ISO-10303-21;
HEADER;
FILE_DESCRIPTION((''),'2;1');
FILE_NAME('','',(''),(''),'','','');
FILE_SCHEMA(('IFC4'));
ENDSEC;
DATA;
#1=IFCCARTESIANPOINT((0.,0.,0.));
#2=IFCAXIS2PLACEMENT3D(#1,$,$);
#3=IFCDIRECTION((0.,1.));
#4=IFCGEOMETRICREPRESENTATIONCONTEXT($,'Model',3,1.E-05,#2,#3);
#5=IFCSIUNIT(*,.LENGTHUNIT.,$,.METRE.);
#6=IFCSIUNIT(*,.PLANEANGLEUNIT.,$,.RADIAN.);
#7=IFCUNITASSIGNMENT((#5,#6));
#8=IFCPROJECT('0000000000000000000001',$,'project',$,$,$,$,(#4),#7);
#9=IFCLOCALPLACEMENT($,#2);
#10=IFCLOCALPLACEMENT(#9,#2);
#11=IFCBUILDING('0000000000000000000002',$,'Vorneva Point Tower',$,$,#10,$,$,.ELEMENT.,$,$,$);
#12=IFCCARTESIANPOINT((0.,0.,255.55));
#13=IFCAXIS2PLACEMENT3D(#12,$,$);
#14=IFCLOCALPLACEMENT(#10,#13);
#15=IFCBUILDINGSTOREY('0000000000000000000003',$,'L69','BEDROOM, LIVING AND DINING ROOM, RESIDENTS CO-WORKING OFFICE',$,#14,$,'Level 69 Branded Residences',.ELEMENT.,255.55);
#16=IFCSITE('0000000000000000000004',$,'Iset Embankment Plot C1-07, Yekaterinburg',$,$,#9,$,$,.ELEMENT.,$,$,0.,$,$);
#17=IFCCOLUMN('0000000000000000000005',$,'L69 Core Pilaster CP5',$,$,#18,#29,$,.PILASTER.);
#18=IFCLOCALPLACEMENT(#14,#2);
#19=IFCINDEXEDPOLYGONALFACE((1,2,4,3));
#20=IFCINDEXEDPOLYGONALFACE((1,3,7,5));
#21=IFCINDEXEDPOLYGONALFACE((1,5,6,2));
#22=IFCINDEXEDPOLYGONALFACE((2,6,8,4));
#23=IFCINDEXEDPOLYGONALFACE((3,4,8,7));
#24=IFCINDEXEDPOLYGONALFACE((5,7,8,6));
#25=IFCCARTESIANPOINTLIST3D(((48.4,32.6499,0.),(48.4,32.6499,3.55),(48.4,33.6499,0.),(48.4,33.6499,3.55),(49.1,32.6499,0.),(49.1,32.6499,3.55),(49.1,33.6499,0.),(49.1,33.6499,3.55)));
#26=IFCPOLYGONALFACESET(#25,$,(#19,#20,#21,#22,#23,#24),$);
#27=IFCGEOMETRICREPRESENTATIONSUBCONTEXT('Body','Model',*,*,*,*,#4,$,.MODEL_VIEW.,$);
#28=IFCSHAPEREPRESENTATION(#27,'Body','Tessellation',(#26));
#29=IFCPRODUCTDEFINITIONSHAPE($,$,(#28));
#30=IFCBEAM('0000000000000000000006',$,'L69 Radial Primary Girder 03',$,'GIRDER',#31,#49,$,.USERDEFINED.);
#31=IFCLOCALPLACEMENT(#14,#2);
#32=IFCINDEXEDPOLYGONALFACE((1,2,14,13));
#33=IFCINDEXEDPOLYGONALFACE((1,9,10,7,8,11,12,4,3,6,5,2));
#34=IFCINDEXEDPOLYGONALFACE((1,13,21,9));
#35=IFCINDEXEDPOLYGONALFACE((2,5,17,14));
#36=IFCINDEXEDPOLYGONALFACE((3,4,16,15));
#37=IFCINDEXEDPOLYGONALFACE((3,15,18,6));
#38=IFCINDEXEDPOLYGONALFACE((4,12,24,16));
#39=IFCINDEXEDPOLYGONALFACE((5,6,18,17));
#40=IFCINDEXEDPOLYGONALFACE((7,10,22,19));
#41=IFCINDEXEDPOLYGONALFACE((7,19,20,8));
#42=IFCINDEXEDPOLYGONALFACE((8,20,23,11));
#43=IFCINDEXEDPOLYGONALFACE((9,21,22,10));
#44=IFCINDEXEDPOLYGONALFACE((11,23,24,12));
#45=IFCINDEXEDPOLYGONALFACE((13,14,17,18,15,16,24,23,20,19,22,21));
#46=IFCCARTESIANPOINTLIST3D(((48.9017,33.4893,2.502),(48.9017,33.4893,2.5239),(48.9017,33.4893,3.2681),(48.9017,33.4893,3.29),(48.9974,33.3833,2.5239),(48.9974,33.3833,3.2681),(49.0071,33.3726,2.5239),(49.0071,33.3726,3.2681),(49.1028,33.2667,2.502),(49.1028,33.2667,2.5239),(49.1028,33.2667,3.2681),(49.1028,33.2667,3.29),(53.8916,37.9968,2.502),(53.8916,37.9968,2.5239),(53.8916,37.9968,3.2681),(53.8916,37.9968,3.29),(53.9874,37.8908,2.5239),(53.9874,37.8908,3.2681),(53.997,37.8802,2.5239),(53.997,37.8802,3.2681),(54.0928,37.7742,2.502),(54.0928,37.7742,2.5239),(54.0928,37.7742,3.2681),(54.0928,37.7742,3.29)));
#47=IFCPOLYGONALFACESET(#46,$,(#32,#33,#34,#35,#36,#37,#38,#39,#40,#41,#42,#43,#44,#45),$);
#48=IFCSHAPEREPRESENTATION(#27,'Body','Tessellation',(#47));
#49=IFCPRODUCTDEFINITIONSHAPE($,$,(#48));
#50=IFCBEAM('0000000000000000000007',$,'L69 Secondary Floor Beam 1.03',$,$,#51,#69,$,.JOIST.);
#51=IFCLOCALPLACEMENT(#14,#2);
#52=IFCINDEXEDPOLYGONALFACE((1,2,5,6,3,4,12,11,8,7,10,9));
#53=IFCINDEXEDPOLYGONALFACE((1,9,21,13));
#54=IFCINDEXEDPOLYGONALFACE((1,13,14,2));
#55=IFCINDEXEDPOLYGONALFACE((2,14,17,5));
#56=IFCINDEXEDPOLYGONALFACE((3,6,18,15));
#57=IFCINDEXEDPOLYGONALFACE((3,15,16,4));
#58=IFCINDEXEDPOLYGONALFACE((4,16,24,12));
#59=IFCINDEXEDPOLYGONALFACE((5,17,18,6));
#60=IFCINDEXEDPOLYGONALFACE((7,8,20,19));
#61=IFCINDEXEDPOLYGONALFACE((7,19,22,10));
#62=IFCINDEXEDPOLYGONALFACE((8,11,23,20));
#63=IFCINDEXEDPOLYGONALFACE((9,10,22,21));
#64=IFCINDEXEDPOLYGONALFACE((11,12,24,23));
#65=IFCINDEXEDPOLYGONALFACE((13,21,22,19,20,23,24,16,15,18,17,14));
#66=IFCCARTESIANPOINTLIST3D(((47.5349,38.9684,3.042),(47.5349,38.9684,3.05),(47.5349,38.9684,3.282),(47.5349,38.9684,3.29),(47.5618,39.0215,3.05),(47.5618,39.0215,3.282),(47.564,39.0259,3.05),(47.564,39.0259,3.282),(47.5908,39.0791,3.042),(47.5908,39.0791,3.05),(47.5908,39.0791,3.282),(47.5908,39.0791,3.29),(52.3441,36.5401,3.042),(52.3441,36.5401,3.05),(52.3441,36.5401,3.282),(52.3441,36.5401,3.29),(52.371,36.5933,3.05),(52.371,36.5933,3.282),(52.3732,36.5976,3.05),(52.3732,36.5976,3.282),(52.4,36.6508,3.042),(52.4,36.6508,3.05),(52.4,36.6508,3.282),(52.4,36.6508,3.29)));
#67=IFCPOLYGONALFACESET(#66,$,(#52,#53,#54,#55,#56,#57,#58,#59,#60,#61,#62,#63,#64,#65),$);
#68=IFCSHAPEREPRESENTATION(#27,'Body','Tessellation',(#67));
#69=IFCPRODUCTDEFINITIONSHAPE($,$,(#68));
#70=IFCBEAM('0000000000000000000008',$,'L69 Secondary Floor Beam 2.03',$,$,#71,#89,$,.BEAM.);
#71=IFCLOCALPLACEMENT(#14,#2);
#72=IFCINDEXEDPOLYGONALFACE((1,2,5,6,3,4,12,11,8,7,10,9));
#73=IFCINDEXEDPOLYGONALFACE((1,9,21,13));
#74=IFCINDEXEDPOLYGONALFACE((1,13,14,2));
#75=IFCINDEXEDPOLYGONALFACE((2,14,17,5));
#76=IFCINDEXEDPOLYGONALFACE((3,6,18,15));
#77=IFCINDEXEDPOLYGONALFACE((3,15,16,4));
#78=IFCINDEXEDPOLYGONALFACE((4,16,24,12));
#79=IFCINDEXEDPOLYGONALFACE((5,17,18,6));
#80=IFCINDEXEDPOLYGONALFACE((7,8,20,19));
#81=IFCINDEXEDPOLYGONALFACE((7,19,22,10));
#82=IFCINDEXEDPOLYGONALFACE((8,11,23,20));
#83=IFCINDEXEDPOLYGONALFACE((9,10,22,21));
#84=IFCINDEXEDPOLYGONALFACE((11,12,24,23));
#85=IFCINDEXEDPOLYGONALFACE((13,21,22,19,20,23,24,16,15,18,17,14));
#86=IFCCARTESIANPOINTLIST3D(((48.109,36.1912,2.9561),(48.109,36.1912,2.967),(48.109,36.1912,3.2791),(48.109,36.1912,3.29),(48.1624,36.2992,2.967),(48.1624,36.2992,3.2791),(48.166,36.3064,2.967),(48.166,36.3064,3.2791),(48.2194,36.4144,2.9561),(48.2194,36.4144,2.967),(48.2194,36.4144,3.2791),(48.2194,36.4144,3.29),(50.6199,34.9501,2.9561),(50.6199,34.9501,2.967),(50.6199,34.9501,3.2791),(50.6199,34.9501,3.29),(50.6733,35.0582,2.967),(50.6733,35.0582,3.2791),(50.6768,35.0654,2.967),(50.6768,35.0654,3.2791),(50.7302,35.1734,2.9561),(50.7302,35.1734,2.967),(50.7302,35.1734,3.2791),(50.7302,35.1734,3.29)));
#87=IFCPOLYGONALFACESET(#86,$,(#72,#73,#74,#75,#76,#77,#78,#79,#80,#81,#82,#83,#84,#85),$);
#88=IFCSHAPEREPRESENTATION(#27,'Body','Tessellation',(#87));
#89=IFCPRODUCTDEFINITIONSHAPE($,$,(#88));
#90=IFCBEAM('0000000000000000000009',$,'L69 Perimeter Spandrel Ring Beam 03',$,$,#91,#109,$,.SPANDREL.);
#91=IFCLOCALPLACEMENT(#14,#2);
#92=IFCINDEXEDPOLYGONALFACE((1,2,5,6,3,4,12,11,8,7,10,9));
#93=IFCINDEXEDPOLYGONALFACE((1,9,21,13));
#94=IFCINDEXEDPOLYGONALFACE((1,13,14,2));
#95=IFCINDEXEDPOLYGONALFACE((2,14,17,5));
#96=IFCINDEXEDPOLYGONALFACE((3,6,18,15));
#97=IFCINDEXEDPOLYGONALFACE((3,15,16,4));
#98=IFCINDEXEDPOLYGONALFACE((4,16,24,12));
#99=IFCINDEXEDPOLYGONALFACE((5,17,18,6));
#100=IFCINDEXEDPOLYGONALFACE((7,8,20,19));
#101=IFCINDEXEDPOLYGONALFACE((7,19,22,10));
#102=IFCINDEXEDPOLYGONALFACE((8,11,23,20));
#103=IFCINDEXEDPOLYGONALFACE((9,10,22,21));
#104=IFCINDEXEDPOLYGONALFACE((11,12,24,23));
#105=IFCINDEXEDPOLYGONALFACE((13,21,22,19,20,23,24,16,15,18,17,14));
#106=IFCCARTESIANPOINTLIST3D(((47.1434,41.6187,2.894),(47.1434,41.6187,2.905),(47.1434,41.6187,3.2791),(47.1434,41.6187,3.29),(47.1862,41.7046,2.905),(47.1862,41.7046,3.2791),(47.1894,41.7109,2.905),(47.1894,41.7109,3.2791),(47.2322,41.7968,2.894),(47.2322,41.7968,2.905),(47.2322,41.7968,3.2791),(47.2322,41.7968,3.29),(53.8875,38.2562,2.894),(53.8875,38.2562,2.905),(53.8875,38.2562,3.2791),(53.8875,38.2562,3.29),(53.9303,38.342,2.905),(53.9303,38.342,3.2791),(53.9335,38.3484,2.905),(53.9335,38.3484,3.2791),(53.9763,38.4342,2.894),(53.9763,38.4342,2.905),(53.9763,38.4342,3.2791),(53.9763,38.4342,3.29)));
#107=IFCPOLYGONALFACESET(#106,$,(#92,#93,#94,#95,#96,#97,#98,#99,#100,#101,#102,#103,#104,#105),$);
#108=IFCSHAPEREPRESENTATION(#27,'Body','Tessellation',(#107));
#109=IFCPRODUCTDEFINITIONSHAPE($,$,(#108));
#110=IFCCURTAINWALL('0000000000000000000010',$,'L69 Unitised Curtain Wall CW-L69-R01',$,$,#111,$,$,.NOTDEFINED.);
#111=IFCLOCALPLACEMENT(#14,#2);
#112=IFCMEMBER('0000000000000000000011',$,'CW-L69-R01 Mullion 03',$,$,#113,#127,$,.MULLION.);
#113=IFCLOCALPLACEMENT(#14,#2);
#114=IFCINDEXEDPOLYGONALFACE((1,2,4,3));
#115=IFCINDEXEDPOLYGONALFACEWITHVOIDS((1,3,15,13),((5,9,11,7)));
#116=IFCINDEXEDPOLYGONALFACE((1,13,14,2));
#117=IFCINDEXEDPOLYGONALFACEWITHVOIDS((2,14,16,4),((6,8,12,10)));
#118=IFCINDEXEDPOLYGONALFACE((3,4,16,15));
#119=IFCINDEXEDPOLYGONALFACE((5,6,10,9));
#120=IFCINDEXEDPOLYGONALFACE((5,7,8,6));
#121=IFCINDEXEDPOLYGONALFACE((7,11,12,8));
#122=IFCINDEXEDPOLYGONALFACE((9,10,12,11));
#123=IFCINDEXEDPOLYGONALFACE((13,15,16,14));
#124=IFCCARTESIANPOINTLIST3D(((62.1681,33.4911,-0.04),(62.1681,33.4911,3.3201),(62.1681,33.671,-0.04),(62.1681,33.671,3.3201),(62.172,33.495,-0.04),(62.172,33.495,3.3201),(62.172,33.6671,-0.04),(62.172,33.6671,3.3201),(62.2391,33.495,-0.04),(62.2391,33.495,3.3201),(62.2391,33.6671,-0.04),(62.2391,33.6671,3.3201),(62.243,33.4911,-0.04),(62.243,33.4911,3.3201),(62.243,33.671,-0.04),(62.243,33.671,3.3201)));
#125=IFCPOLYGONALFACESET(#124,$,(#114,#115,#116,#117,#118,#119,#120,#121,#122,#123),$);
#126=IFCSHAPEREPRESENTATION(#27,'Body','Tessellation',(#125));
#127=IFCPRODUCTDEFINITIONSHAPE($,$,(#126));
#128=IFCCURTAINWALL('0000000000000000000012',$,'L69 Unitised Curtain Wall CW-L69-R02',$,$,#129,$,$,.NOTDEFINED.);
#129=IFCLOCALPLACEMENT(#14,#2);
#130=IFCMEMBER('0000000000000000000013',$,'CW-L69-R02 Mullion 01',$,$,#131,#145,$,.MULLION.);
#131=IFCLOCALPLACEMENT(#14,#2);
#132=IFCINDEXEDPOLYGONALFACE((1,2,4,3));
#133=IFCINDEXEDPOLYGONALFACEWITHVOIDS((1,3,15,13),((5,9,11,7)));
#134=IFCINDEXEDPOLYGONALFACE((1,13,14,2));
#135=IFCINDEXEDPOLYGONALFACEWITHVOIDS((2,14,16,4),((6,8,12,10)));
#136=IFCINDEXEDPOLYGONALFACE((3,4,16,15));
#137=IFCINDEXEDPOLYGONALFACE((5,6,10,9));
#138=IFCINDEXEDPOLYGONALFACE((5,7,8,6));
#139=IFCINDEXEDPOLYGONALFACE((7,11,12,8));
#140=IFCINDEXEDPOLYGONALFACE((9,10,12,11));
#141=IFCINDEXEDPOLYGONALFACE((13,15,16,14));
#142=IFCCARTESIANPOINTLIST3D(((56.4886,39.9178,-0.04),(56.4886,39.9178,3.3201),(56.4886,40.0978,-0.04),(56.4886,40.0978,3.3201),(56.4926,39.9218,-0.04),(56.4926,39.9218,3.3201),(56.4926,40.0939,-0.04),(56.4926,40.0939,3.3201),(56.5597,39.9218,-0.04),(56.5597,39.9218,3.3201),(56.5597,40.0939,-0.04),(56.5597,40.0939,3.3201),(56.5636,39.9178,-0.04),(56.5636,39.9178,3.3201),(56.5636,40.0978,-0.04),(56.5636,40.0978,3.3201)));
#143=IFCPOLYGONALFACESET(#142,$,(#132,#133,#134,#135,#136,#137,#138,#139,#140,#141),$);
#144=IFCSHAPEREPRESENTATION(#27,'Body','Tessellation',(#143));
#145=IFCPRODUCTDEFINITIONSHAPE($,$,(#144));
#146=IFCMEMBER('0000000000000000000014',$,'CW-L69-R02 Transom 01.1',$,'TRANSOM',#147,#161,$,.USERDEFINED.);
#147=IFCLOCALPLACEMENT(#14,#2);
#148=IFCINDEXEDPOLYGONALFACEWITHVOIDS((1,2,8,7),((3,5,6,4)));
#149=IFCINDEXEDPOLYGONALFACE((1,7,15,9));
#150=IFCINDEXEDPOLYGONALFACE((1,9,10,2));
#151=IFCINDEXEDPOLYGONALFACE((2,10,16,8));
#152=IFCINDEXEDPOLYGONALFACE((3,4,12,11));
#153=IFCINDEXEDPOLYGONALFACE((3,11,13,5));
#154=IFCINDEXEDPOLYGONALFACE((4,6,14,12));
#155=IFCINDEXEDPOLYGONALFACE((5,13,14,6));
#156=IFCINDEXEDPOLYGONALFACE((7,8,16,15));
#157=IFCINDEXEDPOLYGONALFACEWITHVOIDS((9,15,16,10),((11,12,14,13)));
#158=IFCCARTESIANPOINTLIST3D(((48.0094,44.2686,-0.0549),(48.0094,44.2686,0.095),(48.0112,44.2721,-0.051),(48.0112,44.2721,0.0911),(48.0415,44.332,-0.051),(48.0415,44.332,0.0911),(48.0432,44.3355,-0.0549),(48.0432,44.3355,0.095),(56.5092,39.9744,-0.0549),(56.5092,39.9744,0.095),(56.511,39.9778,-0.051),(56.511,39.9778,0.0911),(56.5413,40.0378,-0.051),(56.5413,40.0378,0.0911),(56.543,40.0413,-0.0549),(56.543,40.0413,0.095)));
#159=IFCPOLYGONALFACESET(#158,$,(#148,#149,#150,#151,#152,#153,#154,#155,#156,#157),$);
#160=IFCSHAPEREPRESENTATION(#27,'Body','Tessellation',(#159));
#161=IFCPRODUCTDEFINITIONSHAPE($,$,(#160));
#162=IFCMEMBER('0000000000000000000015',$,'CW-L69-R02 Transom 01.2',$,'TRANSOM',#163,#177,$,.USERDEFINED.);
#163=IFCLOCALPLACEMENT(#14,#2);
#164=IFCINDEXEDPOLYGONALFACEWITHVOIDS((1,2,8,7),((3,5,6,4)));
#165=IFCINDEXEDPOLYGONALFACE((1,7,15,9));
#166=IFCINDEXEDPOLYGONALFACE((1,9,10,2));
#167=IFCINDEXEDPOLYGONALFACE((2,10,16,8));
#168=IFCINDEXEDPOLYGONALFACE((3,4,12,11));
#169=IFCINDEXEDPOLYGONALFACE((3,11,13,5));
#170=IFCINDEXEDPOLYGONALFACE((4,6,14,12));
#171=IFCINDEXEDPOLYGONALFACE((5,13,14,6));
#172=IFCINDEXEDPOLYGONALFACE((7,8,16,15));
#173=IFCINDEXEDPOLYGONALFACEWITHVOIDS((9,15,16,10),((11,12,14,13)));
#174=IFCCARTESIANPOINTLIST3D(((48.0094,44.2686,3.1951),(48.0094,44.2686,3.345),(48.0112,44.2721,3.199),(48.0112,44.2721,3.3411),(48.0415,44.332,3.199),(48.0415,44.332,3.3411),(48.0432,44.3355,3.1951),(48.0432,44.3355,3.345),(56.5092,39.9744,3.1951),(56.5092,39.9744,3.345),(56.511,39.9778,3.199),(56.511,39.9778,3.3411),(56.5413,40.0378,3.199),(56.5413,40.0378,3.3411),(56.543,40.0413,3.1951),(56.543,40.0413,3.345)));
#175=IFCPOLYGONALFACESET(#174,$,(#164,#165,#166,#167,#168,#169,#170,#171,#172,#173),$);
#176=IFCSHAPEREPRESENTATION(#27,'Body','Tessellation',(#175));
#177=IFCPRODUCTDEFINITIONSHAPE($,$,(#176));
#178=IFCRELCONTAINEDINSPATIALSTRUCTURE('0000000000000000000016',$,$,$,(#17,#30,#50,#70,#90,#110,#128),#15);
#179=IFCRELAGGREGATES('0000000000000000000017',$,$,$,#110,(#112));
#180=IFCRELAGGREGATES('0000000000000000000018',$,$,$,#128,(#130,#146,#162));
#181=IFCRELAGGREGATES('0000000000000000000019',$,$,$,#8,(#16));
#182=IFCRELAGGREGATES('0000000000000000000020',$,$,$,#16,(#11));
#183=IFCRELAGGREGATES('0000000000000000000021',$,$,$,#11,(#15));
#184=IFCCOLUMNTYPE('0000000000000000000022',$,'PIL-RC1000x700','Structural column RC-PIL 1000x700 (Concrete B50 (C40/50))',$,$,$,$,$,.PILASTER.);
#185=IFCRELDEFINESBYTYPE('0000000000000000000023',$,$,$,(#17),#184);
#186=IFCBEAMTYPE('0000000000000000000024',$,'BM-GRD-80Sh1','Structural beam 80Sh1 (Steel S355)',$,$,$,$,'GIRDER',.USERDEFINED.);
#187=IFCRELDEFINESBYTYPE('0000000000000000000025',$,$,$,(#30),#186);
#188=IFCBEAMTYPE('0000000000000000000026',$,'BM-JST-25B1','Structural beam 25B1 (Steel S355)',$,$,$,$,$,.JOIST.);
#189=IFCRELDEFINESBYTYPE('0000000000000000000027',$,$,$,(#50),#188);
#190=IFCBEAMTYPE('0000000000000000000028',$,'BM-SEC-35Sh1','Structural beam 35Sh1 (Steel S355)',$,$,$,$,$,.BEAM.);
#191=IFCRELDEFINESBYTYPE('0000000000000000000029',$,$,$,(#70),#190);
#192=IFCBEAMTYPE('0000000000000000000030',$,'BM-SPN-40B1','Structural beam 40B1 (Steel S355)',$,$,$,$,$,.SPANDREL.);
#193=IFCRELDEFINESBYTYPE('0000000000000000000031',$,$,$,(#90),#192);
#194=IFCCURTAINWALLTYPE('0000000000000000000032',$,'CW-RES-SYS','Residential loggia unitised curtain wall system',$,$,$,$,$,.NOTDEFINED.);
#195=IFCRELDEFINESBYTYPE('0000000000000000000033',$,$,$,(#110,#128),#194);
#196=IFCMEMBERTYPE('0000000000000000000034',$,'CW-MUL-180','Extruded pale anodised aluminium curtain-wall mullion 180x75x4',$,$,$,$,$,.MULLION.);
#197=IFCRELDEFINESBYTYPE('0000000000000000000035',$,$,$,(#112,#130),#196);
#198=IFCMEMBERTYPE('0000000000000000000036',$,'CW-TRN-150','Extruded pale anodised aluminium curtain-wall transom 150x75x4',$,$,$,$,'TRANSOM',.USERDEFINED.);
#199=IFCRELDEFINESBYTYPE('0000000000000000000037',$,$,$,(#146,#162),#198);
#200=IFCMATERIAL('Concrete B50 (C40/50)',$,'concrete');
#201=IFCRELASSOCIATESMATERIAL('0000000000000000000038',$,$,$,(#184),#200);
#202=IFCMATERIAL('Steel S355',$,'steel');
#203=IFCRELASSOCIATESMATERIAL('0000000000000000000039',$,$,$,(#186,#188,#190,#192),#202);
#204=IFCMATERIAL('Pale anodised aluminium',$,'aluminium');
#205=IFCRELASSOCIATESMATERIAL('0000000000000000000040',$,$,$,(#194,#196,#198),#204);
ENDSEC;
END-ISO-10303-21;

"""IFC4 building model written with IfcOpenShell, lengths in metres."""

from ifc_helpers import new_model, si_unit, direction, frame, origin, origin_2d, place, context, subcontext, project, spatial, rectangle, hollow_rectangle, i_section, extrude, material, material_profile, profile_set, type_object, element, aggregate, save


model = new_model("IFC4")

# Units and contexts
model_context = context("Model", 3, precision=1e-05, world=origin(), true_north=direction((0.0, 1.0)))
body_context = subcontext(model_context, "Body", "Model", "MODEL_VIEW")
ifc_project = project(units=[si_unit("LENGTHUNIT", "METRE"), si_unit("PLANEANGLEUNIT", "RADIAN")], contexts=[model_context])

# Site, building, storey
site_placement = place(None, origin())
site = spatial("IfcSite", under=ifc_project, at=site_placement, Name="Iset Embankment Plot C1-07, Yekaterinburg", CompositionType="ELEMENT", RefElevation=0.0)
building_placement = place(site_placement, origin())
building = spatial("IfcBuilding", under=site, at=building_placement, Name="Vorneva Point Tower", CompositionType="ELEMENT")
storey_placement = place(building_placement, frame((0.0, 0.0, 255.55)))
storey = spatial("IfcBuildingStorey", under=building, at=storey_placement, Name="L69", Description="BEDROOM, LIVING AND DINING ROOM, RESIDENTS CO-WORKING OFFICE", LongName="Level 69 Branded Residences", CompositionType="ELEMENT", Elevation=255.55)

# Column
ifc_material_1 = material(Name="Concrete B50 (C40/50)", Category="concrete")
ifc_material_profile_1 = material_profile(ifc_material_1, rectangle(XDim=0.7, YDim=1.0, at=origin_2d()), Name="RC-PIL 1000x700")
ifc_profile_set_1 = profile_set([ifc_material_profile_1], Name="Concrete B50 (C40/50)")
column_type_1 = type_object("IfcColumnType", Name="PIL-RC1000x700", Description="Structural column RC-PIL 1000x700 (Concrete B50 (C40/50))", PredefinedType="PILASTER", material=ifc_profile_set_1)
column_1_placement = place(storey_placement, frame((48.75, 33.1499, 0.0), z_axis=(0.0, 0.0, 1.0), x_axis=(1.0, 0.0, 0.0)))
element("IfcColumn", 1, at=column_1_placement, inside=storey, type_object=column_type_1, Name="L69 Core Pilaster CP5", PredefinedType="PILASTER", context=body_context, shape_type="SweptSolid", body=[
    extrude(rectangle(XDim=0.7, YDim=1.0, at=origin_2d()), origin(), (0.0, 0.0, 1.0), 3.55),
])

# Beams
ifc_material_2 = material(Name="Steel S355", Category="steel")
ifc_material_profile_2 = material_profile(ifc_material_2, i_section(OverallWidth=0.3, OverallDepth=0.7881, WebThickness=0.0144, FlangeThickness=0.022, at=origin_2d()), Name="80Sh1")
ifc_profile_set_2 = profile_set([ifc_material_profile_2], Name="Steel S355")
beam_type_1 = type_object("IfcBeamType", Name="BM-GRD-80Sh1", Description="Structural beam 80Sh1 (Steel S355)", ElementType="GIRDER", PredefinedType="USERDEFINED", material=ifc_profile_set_2)
beam_1_placement = place(storey_placement, frame((53.9922, 37.8855, 2.896), z_axis=(-0.742067, -0.670326, 0.0), x_axis=(0.670326, -0.742067, 0.0)))
element("IfcBeam", 2, at=beam_1_placement, inside=storey, type_object=beam_type_1, Name="L69 Radial Primary Girder 03", ObjectType="GIRDER", PredefinedType="USERDEFINED", context=body_context, shape_type="SweptSolid", body=[
    extrude(i_section(OverallWidth=0.3, OverallDepth=0.7881, WebThickness=0.0144, FlangeThickness=0.022, at=origin_2d()), origin(), (0.0, 0.0, 1.0), 6.7244),
])
ifc_material_profile_3 = material_profile(ifc_material_2, i_section(OverallWidth=0.124, OverallDepth=0.248, WebThickness=0.0049, FlangeThickness=0.0081, at=origin_2d()), Name="25B1")
ifc_profile_set_3 = profile_set([ifc_material_profile_3], Name="Steel S355")
beam_type_2 = type_object("IfcBeamType", Name="BM-JST-25B1", Description="Structural beam 25B1 (Steel S355)", PredefinedType="JOIST", material=ifc_profile_set_3)
beam_2_placement = place(storey_placement, frame((52.3721, 36.5955, 3.166), z_axis=(-0.892662, 0.450727, 0.0), x_axis=(-0.450727, -0.892662, 0.0)))
element("IfcBeam", 3, at=beam_2_placement, inside=storey, type_object=beam_type_2, Name="L69 Secondary Floor Beam 1.03", PredefinedType="JOIST", context=body_context, shape_type="SweptSolid", body=[
    extrude(i_section(OverallWidth=0.124, OverallDepth=0.248, WebThickness=0.0049, FlangeThickness=0.0081, at=origin_2d()), origin(), (0.0, 0.0, 1.0), 5.3875),
])
ifc_material_profile_4 = material_profile(ifc_material_2, i_section(OverallWidth=0.249, OverallDepth=0.334, WebThickness=0.0081, FlangeThickness=0.011, at=origin_2d()), Name="35Sh1")
ifc_profile_set_4 = profile_set([ifc_material_profile_4], Name="Steel S355")
beam_type_3 = type_object("IfcBeamType", Name="BM-SEC-35Sh1", Description="Structural beam 35Sh1 (Steel S355)", PredefinedType="BEAM", material=ifc_profile_set_4)
beam_3_placement = place(storey_placement, frame((50.675, 35.0618, 3.123), z_axis=(-0.896475, 0.443094, 0.0), x_axis=(-0.443094, -0.896475, 0.0)))
element("IfcBeam", 4, at=beam_3_placement, inside=storey, type_object=beam_type_3, Name="L69 Secondary Floor Beam 2.03", PredefinedType="BEAM", context=body_context, shape_type="SweptSolid", body=[
    extrude(i_section(OverallWidth=0.249, OverallDepth=0.334, WebThickness=0.0081, FlangeThickness=0.011, at=origin_2d()), origin(), (0.0, 0.0, 1.0), 2.8008),
])
ifc_material_profile_5 = material_profile(ifc_material_2, i_section(OverallWidth=0.199, OverallDepth=0.396, WebThickness=0.0071, FlangeThickness=0.011, at=origin_2d()), Name="40B1")
ifc_profile_set_5 = profile_set([ifc_material_profile_5], Name="Steel S355")
beam_type_4 = type_object("IfcBeamType", Name="BM-SPN-40B1", Description="Structural beam 40B1 (Steel S355)", PredefinedType="SPANDREL", material=ifc_profile_set_5)
beam_4_placement = place(storey_placement, frame((53.9319, 38.3452, 3.092), z_axis=(-0.894932, 0.446203, 0.0), x_axis=(-0.446203, -0.894932, 0.0)))
element("IfcBeam", 5, at=beam_4_placement, inside=storey, type_object=beam_type_4, Name="L69 Perimeter Spandrel Ring Beam 03", PredefinedType="SPANDREL", context=body_context, shape_type="SweptSolid", body=[
    extrude(i_section(OverallWidth=0.199, OverallDepth=0.396, WebThickness=0.0071, FlangeThickness=0.011, at=origin_2d()), origin(), (0.0, 0.0, 1.0), 7.5359),
])

# Curtain wall, member
ifc_material_3 = material(Name="Pale anodised aluminium", Category="aluminium")
curtain_wall_type = type_object("IfcCurtainWallType", Name="CW-RES-SYS", Description="Residential loggia unitised curtain wall system", PredefinedType="NOTDEFINED", material=ifc_material_3)
curtain_wall_1_placement = place(storey_placement, origin())
curtain_wall_1 = element("IfcCurtainWall", 6, at=curtain_wall_1_placement, inside=storey, type_object=curtain_wall_type, Name="L69 Unitised Curtain Wall CW-L69-R01", PredefinedType="NOTDEFINED")
ifc_material_profile_6 = material_profile(ifc_material_3, hollow_rectangle(XDim=0.075, YDim=0.1799, WallThickness=0.0039, at=origin_2d()), Name="AL-MUL 180x75x4")
ifc_profile_set_6 = profile_set([ifc_material_profile_6], Name="Pale anodised aluminium")
member_type_1 = type_object("IfcMemberType", Name="CW-MUL-180", Description="Extruded pale anodised aluminium curtain-wall mullion 180x75x4", PredefinedType="MULLION", material=ifc_profile_set_6)
member_1_placement = place(storey_placement, frame((62.2056, 33.5811, -0.04), z_axis=(0.0, 0.0, 1.0), x_axis=(1.0, 0.0, 0.0)))
member_1 = element("IfcMember", 7, at=member_1_placement, type_object=member_type_1, Name="CW-L69-R01 Mullion 03", PredefinedType="MULLION", context=body_context, shape_type="SweptSolid", body=[
    extrude(hollow_rectangle(XDim=0.075, YDim=0.1799, WallThickness=0.0039, at=origin_2d()), origin(), (0.0, 0.0, 1.0), 3.3601),
])
aggregate(curtain_wall_1, [member_1])

# Curtain wall, members
curtain_wall_2_placement = place(storey_placement, origin())
curtain_wall_2 = element("IfcCurtainWall", 8, at=curtain_wall_2_placement, inside=storey, type_object=curtain_wall_type, Name="L69 Unitised Curtain Wall CW-L69-R02", PredefinedType="NOTDEFINED")
member_2_placement = place(storey_placement, frame((56.5261, 40.0078, -0.04), z_axis=(0.0, 0.0, 1.0), x_axis=(1.0, 0.0, 0.0)))
member_2 = element("IfcMember", 9, at=member_2_placement, type_object=member_type_1, Name="CW-L69-R02 Mullion 01", PredefinedType="MULLION", context=body_context, shape_type="SweptSolid", body=[
    extrude(hollow_rectangle(XDim=0.075, YDim=0.1799, WallThickness=0.0039, at=origin_2d()), origin(), (0.0, 0.0, 1.0), 3.3601),
])
ifc_material_profile_7 = material_profile(ifc_material_3, hollow_rectangle(XDim=0.075, YDim=0.1499, WallThickness=0.0039, at=origin_2d()), Name="AL-TRN 150x75x4")
ifc_profile_set_7 = profile_set([ifc_material_profile_7], Name="Pale anodised aluminium")
member_type_2 = type_object("IfcMemberType", Name="CW-TRN-150", Description="Extruded pale anodised aluminium curtain-wall transom 150x75x4", ElementType="TRANSOM", PredefinedType="USERDEFINED", material=ifc_profile_set_7)
member_3_placement = place(storey_placement, frame((56.5261, 40.0078, 0.02), z_axis=(-0.892558, 0.450932, 0.0), x_axis=(-0.450932, -0.892558, 0.0)))
member_3 = element("IfcMember", 10, at=member_3_placement, type_object=member_type_2, Name="CW-L69-R02 Transom 01.1", ObjectType="TRANSOM", PredefinedType="USERDEFINED", context=body_context, shape_type="SweptSolid", body=[
    extrude(hollow_rectangle(XDim=0.075, YDim=0.1499, WallThickness=0.0039, at=origin_2d()), origin(), (0.0, 0.0, 1.0), 9.5229),
])
member_4_placement = place(storey_placement, frame((56.5261, 40.0078, 3.27), z_axis=(-0.892558, 0.450932, 0.0), x_axis=(-0.450932, -0.892558, 0.0)))
member_4 = element("IfcMember", 11, at=member_4_placement, type_object=member_type_2, Name="CW-L69-R02 Transom 01.2", ObjectType="TRANSOM", PredefinedType="USERDEFINED", context=body_context, shape_type="SweptSolid", body=[
    extrude(hollow_rectangle(XDim=0.075, YDim=0.1499, WallThickness=0.0039, at=origin_2d()), origin(), (0.0, 0.0, 1.0), 9.5229),
])
aggregate(curtain_wall_2, [member_2, member_3, member_4])

save(model, "model.ifc")
